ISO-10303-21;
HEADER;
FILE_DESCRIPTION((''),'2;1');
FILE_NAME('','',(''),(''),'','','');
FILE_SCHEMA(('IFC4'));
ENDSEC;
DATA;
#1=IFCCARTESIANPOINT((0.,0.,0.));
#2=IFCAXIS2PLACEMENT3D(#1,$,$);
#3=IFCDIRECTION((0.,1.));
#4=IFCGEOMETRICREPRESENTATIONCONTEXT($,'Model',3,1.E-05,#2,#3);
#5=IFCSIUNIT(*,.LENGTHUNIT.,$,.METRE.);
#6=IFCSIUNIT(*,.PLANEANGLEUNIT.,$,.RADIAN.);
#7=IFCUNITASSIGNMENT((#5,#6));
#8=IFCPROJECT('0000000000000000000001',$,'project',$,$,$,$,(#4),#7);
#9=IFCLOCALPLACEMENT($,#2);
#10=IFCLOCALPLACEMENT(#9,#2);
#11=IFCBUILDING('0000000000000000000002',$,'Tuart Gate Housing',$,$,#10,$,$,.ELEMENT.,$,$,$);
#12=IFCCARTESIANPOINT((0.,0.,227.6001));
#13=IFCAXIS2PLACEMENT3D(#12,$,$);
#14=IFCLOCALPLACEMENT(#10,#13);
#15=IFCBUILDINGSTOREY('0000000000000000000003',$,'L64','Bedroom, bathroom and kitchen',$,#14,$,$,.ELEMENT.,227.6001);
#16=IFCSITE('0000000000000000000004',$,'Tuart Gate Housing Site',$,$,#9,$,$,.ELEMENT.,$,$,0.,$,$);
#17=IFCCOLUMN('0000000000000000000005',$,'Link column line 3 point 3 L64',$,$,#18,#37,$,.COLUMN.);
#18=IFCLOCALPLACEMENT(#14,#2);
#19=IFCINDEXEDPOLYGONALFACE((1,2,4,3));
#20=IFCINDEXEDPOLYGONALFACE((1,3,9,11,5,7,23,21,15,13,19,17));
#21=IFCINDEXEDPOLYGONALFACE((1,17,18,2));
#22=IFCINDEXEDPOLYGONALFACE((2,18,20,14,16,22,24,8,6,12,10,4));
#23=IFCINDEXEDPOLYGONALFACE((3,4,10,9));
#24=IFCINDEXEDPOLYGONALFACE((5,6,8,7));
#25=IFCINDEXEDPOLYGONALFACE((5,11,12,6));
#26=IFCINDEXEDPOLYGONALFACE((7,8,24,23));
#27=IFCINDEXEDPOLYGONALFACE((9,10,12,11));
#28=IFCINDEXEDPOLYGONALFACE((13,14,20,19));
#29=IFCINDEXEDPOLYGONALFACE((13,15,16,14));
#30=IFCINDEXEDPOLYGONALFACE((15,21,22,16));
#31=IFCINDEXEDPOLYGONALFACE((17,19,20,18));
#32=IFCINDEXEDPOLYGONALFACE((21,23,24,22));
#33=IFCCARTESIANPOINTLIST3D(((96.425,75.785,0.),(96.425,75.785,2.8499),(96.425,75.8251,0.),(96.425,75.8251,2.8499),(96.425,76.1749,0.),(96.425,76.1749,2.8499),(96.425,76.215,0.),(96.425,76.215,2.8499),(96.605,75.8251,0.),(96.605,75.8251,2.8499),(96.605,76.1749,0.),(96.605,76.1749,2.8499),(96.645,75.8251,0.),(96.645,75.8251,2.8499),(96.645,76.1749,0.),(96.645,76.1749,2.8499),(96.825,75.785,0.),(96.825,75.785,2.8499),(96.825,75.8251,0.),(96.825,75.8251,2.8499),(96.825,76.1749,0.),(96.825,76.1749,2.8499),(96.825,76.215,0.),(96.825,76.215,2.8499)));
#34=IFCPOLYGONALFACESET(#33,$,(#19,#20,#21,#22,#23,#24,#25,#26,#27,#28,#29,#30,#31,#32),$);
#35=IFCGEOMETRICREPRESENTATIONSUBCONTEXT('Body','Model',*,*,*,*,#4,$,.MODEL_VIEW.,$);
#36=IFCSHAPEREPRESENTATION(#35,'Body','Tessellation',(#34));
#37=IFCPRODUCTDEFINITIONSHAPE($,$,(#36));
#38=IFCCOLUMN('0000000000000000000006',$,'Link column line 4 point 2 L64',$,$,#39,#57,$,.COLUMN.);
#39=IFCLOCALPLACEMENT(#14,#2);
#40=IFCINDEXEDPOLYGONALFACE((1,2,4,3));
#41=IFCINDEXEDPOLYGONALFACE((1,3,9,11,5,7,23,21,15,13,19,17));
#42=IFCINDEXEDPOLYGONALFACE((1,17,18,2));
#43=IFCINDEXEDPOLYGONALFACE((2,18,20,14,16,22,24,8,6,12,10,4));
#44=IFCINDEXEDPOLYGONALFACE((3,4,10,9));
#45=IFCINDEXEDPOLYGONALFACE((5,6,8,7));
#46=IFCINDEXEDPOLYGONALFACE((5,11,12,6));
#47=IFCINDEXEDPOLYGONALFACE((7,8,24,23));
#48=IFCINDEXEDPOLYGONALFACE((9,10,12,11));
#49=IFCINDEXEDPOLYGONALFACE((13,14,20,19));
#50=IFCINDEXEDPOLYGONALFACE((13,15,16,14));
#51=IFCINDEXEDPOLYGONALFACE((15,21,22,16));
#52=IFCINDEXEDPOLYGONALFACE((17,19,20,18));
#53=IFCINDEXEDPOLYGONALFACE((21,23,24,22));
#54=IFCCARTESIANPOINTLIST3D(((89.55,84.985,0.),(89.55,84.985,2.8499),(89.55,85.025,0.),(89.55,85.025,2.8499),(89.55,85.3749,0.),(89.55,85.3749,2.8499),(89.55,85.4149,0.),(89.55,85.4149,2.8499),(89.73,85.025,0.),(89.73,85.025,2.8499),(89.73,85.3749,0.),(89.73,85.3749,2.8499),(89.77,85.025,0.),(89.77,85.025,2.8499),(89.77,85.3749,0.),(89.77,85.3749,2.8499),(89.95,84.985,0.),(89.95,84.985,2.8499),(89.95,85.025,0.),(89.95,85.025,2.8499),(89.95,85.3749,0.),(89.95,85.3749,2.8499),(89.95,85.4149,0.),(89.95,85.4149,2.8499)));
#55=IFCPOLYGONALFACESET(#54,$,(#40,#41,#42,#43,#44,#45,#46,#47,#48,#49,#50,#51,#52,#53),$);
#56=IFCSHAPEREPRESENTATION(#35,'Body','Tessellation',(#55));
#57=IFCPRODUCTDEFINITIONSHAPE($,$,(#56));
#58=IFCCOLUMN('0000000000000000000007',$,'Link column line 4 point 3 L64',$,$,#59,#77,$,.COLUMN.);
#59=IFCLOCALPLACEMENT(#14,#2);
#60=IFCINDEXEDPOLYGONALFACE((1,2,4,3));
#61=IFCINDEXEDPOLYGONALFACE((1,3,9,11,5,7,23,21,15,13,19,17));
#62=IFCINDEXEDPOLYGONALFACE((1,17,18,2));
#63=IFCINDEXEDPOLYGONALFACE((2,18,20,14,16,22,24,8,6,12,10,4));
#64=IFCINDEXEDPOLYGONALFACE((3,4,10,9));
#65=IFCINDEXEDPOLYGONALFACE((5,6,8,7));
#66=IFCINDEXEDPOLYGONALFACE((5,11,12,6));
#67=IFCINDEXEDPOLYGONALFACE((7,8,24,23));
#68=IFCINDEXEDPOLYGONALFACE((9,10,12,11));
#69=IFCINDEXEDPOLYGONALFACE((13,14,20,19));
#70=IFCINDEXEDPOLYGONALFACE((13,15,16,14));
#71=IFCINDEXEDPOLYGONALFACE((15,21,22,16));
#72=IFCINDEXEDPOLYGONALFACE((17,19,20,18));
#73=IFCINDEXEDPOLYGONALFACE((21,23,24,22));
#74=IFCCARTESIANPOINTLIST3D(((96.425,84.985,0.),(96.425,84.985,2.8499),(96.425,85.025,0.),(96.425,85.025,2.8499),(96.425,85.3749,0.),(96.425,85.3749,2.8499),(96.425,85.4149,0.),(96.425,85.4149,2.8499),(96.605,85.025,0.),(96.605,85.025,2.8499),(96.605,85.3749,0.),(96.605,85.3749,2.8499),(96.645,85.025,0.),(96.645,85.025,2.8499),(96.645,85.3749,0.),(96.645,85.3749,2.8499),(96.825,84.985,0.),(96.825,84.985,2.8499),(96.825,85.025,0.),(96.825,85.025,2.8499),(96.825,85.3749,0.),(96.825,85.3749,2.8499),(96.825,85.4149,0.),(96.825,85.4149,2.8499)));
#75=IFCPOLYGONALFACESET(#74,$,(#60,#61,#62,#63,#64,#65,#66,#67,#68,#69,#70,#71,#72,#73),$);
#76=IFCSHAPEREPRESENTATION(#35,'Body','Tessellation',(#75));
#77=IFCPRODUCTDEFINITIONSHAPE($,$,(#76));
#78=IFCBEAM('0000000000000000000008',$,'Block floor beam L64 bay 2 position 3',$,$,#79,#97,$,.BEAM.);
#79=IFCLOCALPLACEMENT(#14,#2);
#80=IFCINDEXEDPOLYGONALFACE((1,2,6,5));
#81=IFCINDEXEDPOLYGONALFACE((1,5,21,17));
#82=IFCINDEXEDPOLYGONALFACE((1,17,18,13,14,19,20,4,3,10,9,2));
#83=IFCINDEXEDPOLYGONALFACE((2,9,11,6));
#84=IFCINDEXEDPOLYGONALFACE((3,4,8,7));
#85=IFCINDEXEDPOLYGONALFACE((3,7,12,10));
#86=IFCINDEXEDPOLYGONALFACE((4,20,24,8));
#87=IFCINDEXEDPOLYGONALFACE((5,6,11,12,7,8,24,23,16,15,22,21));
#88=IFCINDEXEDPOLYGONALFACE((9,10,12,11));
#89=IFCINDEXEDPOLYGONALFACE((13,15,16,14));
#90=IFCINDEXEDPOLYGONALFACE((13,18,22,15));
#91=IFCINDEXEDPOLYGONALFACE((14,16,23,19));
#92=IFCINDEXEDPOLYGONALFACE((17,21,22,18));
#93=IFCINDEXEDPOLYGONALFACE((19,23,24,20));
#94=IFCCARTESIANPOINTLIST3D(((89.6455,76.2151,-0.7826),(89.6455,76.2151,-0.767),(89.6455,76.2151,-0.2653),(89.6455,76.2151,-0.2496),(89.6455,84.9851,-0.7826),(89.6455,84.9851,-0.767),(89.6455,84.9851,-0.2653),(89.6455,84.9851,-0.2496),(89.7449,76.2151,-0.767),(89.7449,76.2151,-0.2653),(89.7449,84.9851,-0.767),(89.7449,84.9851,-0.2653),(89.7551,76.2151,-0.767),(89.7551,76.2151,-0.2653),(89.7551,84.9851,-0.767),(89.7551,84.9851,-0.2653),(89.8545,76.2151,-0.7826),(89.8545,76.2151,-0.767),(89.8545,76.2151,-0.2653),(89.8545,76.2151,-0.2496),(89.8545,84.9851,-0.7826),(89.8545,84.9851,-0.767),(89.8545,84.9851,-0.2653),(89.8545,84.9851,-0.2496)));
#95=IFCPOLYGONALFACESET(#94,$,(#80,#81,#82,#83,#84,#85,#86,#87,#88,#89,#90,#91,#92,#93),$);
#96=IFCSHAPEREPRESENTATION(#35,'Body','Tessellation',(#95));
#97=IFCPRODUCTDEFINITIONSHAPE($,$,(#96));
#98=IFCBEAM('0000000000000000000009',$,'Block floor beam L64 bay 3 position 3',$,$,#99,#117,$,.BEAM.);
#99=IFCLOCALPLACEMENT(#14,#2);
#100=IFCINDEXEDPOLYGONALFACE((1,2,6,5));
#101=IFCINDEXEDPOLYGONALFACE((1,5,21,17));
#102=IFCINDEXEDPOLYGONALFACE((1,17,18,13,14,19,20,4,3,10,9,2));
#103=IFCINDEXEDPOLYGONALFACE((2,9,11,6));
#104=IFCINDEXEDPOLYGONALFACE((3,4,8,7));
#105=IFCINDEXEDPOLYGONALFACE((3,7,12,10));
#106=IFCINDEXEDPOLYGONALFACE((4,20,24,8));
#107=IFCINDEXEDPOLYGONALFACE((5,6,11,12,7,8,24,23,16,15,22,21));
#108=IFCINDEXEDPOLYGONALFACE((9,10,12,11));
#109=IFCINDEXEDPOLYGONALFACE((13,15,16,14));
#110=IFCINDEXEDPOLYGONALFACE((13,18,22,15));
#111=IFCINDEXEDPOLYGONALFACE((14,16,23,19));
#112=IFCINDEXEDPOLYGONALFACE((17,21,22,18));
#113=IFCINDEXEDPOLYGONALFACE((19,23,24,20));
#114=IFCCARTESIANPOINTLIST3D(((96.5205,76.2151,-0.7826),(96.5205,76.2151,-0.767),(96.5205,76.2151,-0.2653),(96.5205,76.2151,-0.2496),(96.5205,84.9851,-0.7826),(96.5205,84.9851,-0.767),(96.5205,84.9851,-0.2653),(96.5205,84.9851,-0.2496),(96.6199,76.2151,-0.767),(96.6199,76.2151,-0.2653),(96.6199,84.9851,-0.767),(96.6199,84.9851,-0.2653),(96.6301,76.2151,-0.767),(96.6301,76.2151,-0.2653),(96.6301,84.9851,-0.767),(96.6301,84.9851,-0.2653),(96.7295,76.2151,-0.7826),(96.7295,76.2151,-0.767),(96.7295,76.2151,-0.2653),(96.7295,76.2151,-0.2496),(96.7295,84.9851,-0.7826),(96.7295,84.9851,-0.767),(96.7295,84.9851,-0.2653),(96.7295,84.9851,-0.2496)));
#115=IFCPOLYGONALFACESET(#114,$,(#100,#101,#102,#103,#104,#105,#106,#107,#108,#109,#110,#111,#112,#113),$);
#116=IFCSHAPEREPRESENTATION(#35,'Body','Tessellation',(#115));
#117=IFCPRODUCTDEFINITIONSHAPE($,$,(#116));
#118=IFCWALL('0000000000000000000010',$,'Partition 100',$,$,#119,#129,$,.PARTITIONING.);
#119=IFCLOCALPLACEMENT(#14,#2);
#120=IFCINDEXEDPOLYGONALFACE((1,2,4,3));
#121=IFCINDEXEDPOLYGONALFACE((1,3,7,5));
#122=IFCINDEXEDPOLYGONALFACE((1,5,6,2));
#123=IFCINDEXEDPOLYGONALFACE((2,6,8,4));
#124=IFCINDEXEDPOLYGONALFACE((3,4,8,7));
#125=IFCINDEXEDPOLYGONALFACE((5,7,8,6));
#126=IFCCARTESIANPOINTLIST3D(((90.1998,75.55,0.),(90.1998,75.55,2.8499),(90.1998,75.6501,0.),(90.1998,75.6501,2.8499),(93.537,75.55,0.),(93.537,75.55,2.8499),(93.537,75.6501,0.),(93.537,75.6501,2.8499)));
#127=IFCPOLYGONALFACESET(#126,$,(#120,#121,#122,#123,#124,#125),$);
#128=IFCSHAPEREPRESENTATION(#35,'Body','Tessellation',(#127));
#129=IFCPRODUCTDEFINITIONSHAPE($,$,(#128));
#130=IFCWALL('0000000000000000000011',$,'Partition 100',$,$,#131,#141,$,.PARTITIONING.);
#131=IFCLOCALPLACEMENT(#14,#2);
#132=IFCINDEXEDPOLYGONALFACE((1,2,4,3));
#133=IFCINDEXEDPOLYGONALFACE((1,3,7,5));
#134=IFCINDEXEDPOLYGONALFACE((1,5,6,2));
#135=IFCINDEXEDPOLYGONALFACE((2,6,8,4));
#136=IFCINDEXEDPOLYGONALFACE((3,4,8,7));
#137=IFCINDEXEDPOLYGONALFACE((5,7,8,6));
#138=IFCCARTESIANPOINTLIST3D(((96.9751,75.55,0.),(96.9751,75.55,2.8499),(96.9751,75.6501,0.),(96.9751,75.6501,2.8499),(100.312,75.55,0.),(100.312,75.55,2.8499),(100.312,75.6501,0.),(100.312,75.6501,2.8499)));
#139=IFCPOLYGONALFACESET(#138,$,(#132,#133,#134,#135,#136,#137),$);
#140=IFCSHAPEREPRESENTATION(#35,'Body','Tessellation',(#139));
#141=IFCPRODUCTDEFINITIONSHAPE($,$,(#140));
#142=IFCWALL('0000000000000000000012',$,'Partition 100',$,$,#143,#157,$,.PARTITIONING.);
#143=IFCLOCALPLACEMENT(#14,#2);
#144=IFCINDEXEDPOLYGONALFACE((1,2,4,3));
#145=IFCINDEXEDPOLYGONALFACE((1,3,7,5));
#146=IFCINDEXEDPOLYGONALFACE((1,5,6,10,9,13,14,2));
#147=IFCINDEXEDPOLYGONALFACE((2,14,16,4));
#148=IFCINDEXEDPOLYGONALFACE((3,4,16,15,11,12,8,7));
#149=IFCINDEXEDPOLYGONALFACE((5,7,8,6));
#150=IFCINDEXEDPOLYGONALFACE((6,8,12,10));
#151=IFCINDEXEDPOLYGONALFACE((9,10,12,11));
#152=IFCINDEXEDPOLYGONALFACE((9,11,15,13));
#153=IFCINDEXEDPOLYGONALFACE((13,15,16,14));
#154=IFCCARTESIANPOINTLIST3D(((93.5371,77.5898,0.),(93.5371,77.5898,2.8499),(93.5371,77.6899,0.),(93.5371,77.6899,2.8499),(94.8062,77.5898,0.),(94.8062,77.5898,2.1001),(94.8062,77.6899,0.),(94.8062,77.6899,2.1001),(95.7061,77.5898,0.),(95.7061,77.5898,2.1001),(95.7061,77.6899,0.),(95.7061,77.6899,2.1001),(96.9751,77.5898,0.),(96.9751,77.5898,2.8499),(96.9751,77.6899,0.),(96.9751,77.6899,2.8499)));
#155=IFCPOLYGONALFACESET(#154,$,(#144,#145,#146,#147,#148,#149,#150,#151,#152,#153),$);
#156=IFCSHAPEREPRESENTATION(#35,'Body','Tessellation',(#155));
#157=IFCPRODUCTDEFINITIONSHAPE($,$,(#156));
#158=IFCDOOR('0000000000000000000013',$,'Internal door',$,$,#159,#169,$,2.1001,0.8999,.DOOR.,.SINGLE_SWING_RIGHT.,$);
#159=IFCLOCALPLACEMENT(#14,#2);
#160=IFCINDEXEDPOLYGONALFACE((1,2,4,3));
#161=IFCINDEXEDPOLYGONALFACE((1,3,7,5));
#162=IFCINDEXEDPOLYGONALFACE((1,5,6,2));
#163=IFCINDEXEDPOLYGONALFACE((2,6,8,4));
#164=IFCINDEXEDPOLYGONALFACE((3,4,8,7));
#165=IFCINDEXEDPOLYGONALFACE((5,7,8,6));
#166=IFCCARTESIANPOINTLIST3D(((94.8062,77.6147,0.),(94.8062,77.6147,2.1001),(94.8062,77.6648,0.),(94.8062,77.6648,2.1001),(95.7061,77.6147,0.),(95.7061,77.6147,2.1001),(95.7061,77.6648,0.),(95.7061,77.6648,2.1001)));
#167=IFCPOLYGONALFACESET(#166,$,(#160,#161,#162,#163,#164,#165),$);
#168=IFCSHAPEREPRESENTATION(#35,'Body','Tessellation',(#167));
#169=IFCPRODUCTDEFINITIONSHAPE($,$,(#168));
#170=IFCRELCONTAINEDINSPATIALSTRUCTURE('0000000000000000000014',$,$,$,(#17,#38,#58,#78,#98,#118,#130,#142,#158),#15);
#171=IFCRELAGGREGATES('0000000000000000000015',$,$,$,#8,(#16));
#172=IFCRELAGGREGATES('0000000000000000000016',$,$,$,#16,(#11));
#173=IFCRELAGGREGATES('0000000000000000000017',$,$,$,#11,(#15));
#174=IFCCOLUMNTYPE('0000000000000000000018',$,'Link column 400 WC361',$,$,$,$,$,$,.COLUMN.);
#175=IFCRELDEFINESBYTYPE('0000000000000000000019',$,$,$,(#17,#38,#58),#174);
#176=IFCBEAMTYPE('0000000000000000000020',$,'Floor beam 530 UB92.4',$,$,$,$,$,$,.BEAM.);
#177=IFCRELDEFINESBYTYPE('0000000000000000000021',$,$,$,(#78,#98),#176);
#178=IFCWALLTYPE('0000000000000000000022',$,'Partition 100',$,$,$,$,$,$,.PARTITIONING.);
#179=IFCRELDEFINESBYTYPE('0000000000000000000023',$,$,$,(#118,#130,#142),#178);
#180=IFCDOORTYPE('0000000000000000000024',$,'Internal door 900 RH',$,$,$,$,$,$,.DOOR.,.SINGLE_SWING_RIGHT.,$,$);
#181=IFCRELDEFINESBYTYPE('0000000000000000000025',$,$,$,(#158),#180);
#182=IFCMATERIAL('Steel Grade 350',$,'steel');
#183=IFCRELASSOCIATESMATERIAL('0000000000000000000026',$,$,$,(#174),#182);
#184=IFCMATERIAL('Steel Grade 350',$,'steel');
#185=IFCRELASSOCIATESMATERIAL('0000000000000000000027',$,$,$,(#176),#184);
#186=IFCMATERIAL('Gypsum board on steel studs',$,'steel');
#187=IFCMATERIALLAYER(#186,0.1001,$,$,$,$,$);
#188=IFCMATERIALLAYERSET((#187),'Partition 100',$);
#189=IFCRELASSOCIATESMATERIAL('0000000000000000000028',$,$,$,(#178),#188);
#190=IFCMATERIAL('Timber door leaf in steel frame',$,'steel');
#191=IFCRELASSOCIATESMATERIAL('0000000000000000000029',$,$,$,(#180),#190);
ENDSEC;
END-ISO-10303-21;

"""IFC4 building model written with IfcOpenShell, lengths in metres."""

from ifc_helpers import new_model, si_unit, direction, frame, frame_2d, origin, origin_2d, place, context, subcontext, project, spatial, rectangle, i_section, extrude, material, layer, layer_set, material_profile, profile_set, type_object, element, fill, save


model = new_model("IFC4")

# Units and contexts
model_context = context("Model", 3, precision=1e-05, world=origin(), true_north=direction((0.0, 1.0)))
body_context = subcontext(model_context, "Body", "Model", "MODEL_VIEW")
ifc_project = project(units=[si_unit("LENGTHUNIT", "METRE"), si_unit("PLANEANGLEUNIT", "RADIAN")], contexts=[model_context])

# Site, building, storey
site_placement = place(None, origin())
site = spatial("IfcSite", under=ifc_project, at=site_placement, Name="Tuart Gate Housing Site", CompositionType="ELEMENT", RefElevation=0.0)
building_placement = place(site_placement, origin())
building = spatial("IfcBuilding", under=site, at=building_placement, Name="Tuart Gate Housing", CompositionType="ELEMENT")
storey_placement = place(building_placement, frame((0.0, 0.0, 227.6001)))
storey = spatial("IfcBuildingStorey", under=building, at=storey_placement, Name="L64", Description="Bedroom, bathroom and kitchen", CompositionType="ELEMENT", Elevation=227.6001)

# Columns
ifc_material_1 = material(Name="Steel Grade 350", Category="steel")
ifc_material_profile_1 = material_profile(ifc_material_1, i_section(OverallWidth=0.3999, OverallDepth=0.4299, WebThickness=0.04, FlangeThickness=0.04, at=origin_2d()), Name="400WC361")
ifc_profile_set_1 = profile_set([ifc_material_profile_1], Name="Steel Grade 350")
column_type = type_object("IfcColumnType", Name="Link column 400 WC361", PredefinedType="COLUMN", material=ifc_profile_set_1)
for number, where, z_axis, x_axis, name in (
    (1, (96.625, 76.0, 0.0), (0.0, 0.0, 1.0), (1.0, 0.0, 0.0), "Link column line 3 point 3 L64"),
    (2, (89.75, 85.2, 0.0), (0.0, 0.0, 1.0), (1.0, 0.0, 0.0), "Link column line 4 point 2 L64"),
    (3, (96.625, 85.2, 0.0), (0.0, 0.0, 1.0), (1.0, 0.0, 0.0), "Link column line 4 point 3 L64"),
):
    element("IfcColumn", number, at=place(storey_placement, frame(where, z_axis=z_axis, x_axis=x_axis)), inside=storey, type_object=column_type, Name=name, PredefinedType="COLUMN", context=body_context, shape_type="SweptSolid", body=[
        extrude(i_section(OverallWidth=0.3999, OverallDepth=0.4299, WebThickness=0.04, FlangeThickness=0.04, at=origin_2d()), origin(), (0.0, 0.0, 1.0), 2.8499),
    ])

# Beams
ifc_material_2 = material(Name="Steel Grade 350", Category="steel")
ifc_material_profile_2 = material_profile(ifc_material_2, i_section(OverallWidth=0.209, OverallDepth=0.533, WebThickness=0.0103, FlangeThickness=0.0156, at=origin_2d()), Name="530UB92.4")
ifc_profile_set_2 = profile_set([ifc_material_profile_2], Name="Steel Grade 350")
beam_type = type_object("IfcBeamType", Name="Floor beam 530 UB92.4", PredefinedType="BEAM", material=ifc_profile_set_2)
for number, where, z_axis, x_axis, name in (
    (4, (89.75, 76.2151, -0.5161), (0.0, 1.0, 0.0), (-1.0, 0.0, 0.0), "Block floor beam L64 bay 2 position 3"),
    (5, (96.625, 76.2151, -0.5161), (0.0, 1.0, 0.0), (-1.0, 0.0, 0.0), "Block floor beam L64 bay 3 position 3"),
):
    element("IfcBeam", number, at=place(storey_placement, frame(where, z_axis=z_axis, x_axis=x_axis)), inside=storey, type_object=beam_type, Name=name, PredefinedType="BEAM", context=body_context, shape_type="SweptSolid", body=[
        extrude(i_section(OverallWidth=0.209, OverallDepth=0.533, WebThickness=0.0103, FlangeThickness=0.0156, at=origin_2d()), origin(), (0.0, 0.0, 1.0), 8.77),
    ])

# Walls
ifc_material_3 = material(Name="Gypsum board on steel studs", Category="steel")
ifc_layer_1 = layer(ifc_material_3, 0.1001)
ifc_layer_set_1 = layer_set([ifc_layer_1], Name="Partition 100")
wall_type_1 = type_object("IfcWallType", Name="Partition 100", PredefinedType="PARTITIONING", material=ifc_layer_set_1)
wall_1_placement = place(storey_placement, frame((90.2, 75.6001, 0.0), z_axis=(0.0, 0.0, 1.0), x_axis=(1.0, 0.0, 0.0)))
element("IfcWall", 6, at=wall_1_placement, inside=storey, type_object=wall_type_1, Name="Partition 100", PredefinedType="PARTITIONING", context=body_context, shape_type="SweptSolid", body=[
    extrude(rectangle(XDim=3.3372, YDim=0.1001, at=frame_2d((1.6685, 0.0))), origin(), (0.0, 0.0, 1.0), 2.8499),
])
wall_2_placement = place(storey_placement, frame((96.9751, 75.6001, 0.0), z_axis=(0.0, 0.0, 1.0), x_axis=(1.0, 0.0, 0.0)))
element("IfcWall", 7, at=wall_2_placement, inside=storey, type_object=wall_type_1, Name="Partition 100", PredefinedType="PARTITIONING", context=body_context, shape_type="SweptSolid", body=[
    extrude(rectangle(XDim=3.3369, YDim=0.1001, at=frame_2d((1.6685, 0.0))), origin(), (0.0, 0.0, 1.0), 2.8499),
])

# Wall, opening, door
wall_3_placement = place(storey_placement, frame((93.5371, 77.6399, 0.0), z_axis=(0.0, 0.0, 1.0), x_axis=(1.0, 0.0, 0.0)))
wall_3 = element("IfcWall", 8, at=wall_3_placement, inside=storey, type_object=wall_type_1, Name="Partition 100", PredefinedType="PARTITIONING", context=body_context, shape_type="SweptSolid", body=[
    extrude(rectangle(XDim=3.438, YDim=0.1001, at=frame_2d((1.719, 0.0))), origin(), (0.0, 0.0, 1.0), 2.8499),
])
opening_1_placement = place(wall_3_placement, frame((1.269, 0.0, 0.0)))
opening_1 = element("IfcOpeningElement", 9, at=opening_1_placement, cuts=wall_3, PredefinedType="OPENING", context=body_context, shape_type="SweptSolid", body=[
    extrude(rectangle(XDim=0.8999, YDim=2.1001, at=frame_2d((0.45, 1.05))), frame((0.0, 0.0601, 0.0), z_axis=(0.0, -1.0, 0.0), x_axis=(1.0, 0.0, 0.0)), (0.0, 0.0, 1.0), 0.1201),
])
ifc_material_4 = material(Name="Timber door leaf in steel frame", Category="steel")
door_type_1 = type_object("IfcDoorType", Name="Internal door 900 RH", OperationType="SINGLE_SWING_RIGHT", PredefinedType="DOOR", material=ifc_material_4)
door_1_placement = place(opening_1_placement, frame((0.8999, 0.0, 0.0), z_axis=(0.0, 0.0, 1.0), x_axis=(-1.0, 0.0, 0.0)))
door_1 = element("IfcDoor", 10, at=door_1_placement, inside=storey, type_object=door_type_1, Name="Internal door", OperationType="SINGLE_SWING_RIGHT", OverallHeight=2.1001, OverallWidth=0.8999, PredefinedType="DOOR", context=body_context, shape_type="SweptSolid", body=[
    extrude(rectangle(XDim=0.8999, YDim=2.1001, at=frame_2d((0.45, 1.05))), frame((0.0, 0.0251, 0.0), z_axis=(0.0, -1.0, 0.0), x_axis=(1.0, 0.0, 0.0)), (0.0, 0.0, 1.0), 0.05),
])
fill(opening_1, door_1)

save(model, "model.ifc")
